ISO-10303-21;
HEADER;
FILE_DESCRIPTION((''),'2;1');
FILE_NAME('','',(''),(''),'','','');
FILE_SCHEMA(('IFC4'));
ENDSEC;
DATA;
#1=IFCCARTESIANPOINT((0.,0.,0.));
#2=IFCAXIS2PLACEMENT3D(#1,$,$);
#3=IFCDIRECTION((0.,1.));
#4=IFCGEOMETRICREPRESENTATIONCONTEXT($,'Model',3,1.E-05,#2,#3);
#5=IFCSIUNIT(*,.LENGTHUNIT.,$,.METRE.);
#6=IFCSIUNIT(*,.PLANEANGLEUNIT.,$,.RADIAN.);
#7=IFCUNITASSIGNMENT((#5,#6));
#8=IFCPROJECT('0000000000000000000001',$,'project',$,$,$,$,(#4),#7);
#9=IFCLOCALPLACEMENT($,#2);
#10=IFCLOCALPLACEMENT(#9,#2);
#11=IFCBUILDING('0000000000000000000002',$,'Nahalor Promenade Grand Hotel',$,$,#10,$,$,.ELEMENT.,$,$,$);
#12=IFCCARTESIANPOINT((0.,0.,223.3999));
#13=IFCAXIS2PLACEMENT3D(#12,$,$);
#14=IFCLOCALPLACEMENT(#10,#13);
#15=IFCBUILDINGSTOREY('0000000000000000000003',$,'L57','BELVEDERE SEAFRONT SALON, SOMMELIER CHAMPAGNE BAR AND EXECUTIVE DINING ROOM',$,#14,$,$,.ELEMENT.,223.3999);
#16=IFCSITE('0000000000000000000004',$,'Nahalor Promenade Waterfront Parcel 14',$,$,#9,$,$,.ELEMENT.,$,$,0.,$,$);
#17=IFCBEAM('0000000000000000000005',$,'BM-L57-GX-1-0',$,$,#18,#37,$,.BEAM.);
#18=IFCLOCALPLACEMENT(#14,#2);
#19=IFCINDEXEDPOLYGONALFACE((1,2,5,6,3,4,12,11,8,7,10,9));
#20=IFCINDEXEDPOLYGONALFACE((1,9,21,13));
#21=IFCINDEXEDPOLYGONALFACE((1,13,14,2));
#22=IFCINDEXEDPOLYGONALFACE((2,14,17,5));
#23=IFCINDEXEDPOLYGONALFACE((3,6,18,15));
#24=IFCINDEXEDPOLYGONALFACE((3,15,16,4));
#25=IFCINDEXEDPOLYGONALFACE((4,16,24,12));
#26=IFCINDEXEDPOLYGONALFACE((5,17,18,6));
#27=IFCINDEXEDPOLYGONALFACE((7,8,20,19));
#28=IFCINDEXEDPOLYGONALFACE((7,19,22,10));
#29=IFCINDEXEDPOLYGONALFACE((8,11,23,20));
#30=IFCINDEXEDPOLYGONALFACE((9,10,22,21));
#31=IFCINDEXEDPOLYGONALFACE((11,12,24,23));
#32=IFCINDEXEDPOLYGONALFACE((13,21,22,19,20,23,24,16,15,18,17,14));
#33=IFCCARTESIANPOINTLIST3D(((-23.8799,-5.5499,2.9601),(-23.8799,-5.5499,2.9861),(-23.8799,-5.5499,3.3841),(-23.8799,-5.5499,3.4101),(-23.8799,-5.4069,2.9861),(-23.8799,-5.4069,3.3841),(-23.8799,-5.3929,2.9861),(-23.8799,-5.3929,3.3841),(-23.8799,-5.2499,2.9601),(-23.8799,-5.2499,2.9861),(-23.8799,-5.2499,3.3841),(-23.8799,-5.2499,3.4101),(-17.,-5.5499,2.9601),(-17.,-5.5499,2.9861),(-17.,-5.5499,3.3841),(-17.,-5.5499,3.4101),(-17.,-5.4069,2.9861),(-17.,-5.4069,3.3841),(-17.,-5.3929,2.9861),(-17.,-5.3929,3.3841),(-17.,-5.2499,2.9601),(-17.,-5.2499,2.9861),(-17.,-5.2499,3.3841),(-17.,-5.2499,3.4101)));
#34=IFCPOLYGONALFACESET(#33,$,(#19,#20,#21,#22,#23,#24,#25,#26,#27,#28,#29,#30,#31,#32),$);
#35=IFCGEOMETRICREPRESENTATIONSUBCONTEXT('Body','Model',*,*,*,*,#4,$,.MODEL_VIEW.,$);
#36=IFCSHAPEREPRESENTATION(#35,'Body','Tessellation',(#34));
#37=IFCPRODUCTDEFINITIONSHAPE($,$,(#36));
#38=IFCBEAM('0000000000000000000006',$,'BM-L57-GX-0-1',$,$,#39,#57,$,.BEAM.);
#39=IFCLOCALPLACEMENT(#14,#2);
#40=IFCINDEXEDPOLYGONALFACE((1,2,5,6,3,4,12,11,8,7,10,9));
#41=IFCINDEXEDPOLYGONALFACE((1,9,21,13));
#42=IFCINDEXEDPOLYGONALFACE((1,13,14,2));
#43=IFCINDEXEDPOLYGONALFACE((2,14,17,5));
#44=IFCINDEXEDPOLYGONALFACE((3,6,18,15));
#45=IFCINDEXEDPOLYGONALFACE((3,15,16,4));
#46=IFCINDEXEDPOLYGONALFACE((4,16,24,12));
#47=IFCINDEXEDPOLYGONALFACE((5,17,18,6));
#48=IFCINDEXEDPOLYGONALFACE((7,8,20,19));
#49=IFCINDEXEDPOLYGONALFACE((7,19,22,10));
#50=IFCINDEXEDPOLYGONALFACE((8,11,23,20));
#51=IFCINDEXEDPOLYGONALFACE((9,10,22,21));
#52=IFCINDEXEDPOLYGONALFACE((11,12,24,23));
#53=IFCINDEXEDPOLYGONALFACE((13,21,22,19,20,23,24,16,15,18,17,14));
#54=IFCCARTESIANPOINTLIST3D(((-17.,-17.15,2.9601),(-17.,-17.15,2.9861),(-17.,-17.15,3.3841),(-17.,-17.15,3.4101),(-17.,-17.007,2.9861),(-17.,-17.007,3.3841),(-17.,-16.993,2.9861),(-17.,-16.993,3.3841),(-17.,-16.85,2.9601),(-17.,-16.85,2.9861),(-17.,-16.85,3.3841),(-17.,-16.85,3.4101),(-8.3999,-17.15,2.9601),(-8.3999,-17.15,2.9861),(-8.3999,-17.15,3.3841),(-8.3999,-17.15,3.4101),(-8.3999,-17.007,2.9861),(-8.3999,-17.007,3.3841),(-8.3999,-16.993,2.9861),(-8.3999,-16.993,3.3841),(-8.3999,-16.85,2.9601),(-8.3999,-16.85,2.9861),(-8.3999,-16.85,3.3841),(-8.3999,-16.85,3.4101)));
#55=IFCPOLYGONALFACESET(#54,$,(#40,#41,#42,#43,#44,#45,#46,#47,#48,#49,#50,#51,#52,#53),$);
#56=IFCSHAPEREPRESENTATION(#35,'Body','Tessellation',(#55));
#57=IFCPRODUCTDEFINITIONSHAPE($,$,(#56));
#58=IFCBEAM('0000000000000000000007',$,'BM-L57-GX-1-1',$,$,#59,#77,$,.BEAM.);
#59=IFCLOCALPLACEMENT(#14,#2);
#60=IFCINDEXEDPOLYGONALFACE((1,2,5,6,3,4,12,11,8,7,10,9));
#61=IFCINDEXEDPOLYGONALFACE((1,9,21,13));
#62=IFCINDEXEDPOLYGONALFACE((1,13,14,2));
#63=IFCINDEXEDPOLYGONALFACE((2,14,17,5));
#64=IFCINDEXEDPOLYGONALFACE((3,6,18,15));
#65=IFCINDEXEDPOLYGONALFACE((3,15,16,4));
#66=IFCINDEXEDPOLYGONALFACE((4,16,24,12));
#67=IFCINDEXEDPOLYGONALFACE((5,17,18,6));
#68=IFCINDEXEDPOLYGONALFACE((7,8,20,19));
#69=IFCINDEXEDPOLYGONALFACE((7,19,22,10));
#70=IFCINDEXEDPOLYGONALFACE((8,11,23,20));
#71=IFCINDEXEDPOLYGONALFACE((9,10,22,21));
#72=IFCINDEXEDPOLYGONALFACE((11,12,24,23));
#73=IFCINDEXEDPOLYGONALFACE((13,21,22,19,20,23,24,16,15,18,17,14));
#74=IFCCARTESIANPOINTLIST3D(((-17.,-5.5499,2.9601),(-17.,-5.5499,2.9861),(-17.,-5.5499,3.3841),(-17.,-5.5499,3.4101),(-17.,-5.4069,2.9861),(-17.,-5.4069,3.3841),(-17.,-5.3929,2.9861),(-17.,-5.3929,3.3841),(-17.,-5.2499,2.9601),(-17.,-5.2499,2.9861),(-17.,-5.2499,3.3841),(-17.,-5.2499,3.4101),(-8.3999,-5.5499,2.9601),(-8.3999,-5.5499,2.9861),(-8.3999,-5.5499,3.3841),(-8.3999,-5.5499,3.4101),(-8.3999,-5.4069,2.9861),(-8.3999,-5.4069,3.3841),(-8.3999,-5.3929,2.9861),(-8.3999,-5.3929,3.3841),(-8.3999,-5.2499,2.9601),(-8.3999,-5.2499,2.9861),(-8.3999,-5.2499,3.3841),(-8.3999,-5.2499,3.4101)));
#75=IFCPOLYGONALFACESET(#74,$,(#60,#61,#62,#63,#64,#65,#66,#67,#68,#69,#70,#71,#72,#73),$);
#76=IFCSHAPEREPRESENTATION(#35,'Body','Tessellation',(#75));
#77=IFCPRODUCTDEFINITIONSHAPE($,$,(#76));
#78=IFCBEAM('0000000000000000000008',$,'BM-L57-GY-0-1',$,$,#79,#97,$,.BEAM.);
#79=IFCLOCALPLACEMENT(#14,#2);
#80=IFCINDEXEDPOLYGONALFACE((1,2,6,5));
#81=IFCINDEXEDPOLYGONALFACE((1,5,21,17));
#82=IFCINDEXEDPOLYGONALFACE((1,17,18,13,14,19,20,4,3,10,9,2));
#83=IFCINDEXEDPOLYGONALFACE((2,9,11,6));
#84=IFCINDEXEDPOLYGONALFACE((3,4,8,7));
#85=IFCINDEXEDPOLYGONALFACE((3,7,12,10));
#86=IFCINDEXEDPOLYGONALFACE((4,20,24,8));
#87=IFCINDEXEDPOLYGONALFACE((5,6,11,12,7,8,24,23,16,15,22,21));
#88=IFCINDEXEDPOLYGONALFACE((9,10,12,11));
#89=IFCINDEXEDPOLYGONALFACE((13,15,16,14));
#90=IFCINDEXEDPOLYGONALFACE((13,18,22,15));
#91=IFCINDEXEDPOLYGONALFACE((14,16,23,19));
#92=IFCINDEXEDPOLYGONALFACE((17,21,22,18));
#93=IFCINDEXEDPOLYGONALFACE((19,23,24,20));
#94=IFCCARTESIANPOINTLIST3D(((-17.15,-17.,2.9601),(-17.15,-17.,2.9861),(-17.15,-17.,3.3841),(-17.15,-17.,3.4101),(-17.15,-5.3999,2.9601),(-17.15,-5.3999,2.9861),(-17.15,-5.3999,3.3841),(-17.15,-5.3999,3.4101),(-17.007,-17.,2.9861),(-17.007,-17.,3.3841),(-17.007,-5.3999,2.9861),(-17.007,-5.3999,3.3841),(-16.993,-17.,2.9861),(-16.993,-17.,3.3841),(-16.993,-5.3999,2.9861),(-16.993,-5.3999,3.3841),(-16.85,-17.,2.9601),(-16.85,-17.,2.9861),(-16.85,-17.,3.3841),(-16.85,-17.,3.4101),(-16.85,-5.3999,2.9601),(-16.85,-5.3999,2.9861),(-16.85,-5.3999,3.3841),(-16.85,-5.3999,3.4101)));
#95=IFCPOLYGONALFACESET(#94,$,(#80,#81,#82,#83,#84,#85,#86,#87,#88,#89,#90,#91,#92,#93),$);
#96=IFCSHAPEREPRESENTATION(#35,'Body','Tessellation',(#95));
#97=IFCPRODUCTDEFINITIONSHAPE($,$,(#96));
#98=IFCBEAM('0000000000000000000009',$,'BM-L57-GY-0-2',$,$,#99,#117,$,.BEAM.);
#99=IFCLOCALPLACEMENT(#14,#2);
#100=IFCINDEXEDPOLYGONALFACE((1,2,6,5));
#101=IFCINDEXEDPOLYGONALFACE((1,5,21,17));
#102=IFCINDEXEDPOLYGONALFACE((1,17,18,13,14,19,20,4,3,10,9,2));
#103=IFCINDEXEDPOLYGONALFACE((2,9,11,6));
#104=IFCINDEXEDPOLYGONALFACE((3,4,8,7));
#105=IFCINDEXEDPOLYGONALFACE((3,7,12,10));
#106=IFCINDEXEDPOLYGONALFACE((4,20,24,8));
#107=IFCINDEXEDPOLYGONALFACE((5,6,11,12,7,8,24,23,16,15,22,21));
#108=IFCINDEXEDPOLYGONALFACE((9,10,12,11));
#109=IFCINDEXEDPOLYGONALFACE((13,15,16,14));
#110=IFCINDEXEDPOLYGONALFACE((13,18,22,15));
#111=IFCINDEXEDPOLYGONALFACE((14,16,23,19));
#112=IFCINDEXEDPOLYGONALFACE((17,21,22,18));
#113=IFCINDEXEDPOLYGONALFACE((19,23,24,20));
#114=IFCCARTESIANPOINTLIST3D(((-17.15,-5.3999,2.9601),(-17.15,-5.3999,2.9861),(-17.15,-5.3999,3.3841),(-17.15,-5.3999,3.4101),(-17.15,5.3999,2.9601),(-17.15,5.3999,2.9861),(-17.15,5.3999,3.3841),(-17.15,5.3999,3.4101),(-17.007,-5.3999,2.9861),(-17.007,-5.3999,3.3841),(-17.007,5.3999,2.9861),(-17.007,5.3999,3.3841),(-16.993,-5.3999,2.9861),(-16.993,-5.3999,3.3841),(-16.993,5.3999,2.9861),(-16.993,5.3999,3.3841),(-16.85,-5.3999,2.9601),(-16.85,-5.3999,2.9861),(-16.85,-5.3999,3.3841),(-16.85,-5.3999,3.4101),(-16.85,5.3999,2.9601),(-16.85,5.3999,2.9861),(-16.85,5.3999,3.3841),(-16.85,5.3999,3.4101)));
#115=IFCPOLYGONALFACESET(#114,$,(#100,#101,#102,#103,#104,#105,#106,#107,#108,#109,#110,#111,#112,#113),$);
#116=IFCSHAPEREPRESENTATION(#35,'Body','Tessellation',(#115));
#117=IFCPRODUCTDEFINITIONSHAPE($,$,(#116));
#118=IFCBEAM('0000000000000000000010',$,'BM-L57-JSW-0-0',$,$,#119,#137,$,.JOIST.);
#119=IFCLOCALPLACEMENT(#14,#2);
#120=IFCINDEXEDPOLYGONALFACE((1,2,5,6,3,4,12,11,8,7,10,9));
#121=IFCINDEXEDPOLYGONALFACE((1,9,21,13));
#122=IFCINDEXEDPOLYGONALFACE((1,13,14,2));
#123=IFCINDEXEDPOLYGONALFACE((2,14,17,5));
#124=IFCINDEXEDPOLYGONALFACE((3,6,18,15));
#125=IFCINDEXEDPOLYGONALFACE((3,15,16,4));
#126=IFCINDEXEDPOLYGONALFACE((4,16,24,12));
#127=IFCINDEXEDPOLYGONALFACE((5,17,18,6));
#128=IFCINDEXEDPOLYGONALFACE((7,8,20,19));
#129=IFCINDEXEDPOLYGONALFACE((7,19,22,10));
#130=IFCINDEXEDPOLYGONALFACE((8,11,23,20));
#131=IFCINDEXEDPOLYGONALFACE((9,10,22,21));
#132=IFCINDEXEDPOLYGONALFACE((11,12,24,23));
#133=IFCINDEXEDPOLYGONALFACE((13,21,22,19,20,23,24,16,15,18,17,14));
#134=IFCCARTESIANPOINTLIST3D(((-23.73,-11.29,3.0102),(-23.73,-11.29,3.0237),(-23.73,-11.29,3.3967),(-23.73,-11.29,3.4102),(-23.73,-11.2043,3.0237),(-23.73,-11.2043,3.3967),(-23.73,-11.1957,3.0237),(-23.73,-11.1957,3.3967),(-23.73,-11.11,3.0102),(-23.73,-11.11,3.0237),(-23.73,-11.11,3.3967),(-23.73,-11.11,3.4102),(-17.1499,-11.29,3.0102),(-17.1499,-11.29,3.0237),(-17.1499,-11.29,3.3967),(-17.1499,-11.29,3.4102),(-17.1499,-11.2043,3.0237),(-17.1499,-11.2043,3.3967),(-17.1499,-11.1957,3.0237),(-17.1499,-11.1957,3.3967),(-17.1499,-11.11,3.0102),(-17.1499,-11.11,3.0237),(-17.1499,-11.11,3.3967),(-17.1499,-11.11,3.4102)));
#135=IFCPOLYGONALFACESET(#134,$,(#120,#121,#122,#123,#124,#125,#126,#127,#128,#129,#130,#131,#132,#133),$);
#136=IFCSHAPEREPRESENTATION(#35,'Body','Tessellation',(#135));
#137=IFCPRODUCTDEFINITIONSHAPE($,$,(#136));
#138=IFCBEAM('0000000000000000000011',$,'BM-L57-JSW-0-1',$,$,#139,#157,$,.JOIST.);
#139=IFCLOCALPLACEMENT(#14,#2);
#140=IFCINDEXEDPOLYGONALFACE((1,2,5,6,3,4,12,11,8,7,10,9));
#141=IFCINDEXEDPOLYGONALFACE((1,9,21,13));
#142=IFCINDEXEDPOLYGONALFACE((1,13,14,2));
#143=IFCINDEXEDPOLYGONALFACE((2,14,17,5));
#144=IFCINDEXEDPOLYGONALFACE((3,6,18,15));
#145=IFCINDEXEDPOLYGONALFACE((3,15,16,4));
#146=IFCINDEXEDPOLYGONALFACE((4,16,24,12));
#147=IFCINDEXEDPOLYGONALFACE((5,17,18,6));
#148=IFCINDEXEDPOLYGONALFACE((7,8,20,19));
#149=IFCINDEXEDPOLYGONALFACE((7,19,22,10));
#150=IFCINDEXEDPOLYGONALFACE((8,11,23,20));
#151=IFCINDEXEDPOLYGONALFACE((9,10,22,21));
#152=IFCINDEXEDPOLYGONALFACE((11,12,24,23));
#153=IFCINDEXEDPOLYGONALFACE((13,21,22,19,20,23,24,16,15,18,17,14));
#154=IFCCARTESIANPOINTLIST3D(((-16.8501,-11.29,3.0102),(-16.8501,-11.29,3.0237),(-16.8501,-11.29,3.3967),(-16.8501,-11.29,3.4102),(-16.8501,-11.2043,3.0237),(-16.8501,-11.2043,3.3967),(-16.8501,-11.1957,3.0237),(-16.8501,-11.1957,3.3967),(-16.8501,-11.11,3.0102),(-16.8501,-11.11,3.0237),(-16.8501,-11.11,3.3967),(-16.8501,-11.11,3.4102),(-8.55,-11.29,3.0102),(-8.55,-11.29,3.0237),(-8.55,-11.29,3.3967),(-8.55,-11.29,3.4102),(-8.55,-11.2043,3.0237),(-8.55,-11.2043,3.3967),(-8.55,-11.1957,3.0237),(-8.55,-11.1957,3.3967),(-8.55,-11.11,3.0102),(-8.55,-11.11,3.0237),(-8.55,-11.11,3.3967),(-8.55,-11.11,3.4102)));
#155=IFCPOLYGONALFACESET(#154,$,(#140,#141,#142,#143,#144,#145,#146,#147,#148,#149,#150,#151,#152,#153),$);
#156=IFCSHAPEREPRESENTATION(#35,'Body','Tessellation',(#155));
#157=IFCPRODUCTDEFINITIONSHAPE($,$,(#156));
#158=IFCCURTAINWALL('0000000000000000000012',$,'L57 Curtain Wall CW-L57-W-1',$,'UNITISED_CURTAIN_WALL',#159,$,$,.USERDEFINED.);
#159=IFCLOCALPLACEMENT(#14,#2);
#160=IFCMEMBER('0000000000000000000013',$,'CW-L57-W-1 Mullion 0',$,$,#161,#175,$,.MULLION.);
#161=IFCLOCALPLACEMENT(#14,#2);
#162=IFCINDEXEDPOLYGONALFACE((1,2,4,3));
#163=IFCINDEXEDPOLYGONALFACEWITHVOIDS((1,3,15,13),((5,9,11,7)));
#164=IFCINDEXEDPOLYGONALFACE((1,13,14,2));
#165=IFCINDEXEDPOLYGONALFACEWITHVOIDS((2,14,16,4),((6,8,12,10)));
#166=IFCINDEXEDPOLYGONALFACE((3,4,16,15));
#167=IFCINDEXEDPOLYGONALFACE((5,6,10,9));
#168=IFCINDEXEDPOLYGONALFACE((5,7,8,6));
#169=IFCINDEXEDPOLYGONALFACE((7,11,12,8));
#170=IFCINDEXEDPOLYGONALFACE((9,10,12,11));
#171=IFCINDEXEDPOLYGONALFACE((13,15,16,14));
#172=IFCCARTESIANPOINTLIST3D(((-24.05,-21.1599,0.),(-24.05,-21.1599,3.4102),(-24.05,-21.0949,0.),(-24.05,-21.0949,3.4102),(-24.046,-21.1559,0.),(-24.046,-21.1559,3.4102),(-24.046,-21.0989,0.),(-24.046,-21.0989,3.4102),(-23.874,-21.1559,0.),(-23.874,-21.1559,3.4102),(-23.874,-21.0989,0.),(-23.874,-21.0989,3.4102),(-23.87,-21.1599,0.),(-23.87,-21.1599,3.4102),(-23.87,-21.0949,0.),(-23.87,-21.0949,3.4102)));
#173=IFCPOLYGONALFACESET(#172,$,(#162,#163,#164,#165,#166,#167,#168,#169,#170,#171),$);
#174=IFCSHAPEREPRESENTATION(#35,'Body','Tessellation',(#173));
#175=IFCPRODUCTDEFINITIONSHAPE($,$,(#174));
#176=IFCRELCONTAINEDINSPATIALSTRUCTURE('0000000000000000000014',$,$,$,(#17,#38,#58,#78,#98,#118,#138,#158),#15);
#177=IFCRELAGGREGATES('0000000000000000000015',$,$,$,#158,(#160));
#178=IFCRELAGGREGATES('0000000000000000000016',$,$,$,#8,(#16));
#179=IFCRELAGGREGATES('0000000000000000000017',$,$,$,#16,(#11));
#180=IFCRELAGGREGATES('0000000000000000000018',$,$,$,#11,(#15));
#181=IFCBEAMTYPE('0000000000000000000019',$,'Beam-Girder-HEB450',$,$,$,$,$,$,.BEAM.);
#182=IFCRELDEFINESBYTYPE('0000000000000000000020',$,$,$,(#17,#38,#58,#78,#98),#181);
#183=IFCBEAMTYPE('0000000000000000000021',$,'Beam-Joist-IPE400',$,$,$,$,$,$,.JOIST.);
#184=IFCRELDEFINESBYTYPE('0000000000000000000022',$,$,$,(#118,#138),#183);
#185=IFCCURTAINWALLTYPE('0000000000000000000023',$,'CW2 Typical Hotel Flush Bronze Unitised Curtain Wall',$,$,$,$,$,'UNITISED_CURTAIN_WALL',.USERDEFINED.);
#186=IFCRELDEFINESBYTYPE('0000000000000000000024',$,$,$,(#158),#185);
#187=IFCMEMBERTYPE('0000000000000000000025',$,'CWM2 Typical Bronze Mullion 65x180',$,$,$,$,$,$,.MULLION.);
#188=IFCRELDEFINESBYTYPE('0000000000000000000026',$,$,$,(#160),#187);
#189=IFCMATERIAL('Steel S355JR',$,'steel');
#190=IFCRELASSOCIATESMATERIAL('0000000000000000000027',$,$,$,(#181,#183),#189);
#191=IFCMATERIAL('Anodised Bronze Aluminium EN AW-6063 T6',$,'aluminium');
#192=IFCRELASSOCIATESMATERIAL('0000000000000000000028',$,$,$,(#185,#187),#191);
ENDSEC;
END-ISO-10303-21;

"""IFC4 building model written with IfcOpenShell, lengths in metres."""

from ifc_helpers import new_model, si_unit, direction, frame, origin, origin_2d, place, context, subcontext, project, spatial, hollow_rectangle, i_section, extrude, source, transform, mapped, material, material_profile, profile_set, type_object, element, aggregate, save


model = new_model("IFC4")

# Units and contexts
model_context = context("Model", 3, precision=1e-05, world=origin(), true_north=direction((0.0, 1.0)))
body_context = subcontext(model_context, "Body", "Model", "MODEL_VIEW")
ifc_project = project(units=[si_unit("LENGTHUNIT", "METRE"), si_unit("PLANEANGLEUNIT", "RADIAN")], contexts=[model_context])

# Site, building, storey
site_placement = place(None, origin())
site = spatial("IfcSite", under=ifc_project, at=site_placement, Name="Nahalor Promenade Waterfront Parcel 14", CompositionType="ELEMENT", RefElevation=0.0)
building_placement = place(site_placement, origin())
building = spatial("IfcBuilding", under=site, at=building_placement, Name="Nahalor Promenade Grand Hotel", CompositionType="ELEMENT")
storey_placement = place(building_placement, frame((0.0, 0.0, 223.3999)))
storey = spatial("IfcBuildingStorey", under=building, at=storey_placement, Name="L57", Description="BELVEDERE SEAFRONT SALON, SOMMELIER CHAMPAGNE BAR AND EXECUTIVE DINING ROOM", CompositionType="ELEMENT", Elevation=223.3999)

# Shared definitions
ifc_material_1 = material(Name="Steel S355JR", Category="steel")

# Beams
ifc_material_profile_1 = material_profile(ifc_material_1, i_section(OverallWidth=0.3, OverallDepth=0.45, WebThickness=0.014, FlangeThickness=0.026, at=origin_2d()), Name="HEB 450")
ifc_profile_set_1 = profile_set([ifc_material_profile_1], Name="Steel S355JR")
beam_type_1 = type_object("IfcBeamType", Name="Beam-Girder-HEB450", PredefinedType="BEAM", material=ifc_profile_set_1)
shared_shape_1 = source(origin(), body_context, "Body", "SweptSolid", [
    extrude(i_section(OverallWidth=0.3, OverallDepth=0.45, WebThickness=0.014, FlangeThickness=0.026, at=origin_2d()), origin(), (0.0, 0.0, 1.0), 6.8799),
])
for number, where, z_axis, x_axis, name in (
    (1, (-23.8799, -5.3999, 3.1851), (1.0, 0.0, 0.0), (0.0, 1.0, 0.0), "BM-L57-GX-1-0"),
):
    element("IfcBeam", number, at=place(storey_placement, frame(where, z_axis=z_axis, x_axis=x_axis)), inside=storey, type_object=beam_type_1, Name=name, PredefinedType="BEAM", context=body_context, shape_type="MappedRepresentation", body=[
        mapped(shared_shape_1, transform((0.0, 0.0, 0.0), scale=1.0)),
    ])
shared_shape_2 = source(origin(), body_context, "Body", "SweptSolid", [
    extrude(i_section(OverallWidth=0.3, OverallDepth=0.45, WebThickness=0.014, FlangeThickness=0.026, at=origin_2d()), origin(), (0.0, 0.0, 1.0), 8.6001),
])
for number, where, z_axis, x_axis, name in (
    (2, (-17.0, -17.0, 3.1851), (1.0, 0.0, 0.0), (0.0, 1.0, 0.0), "BM-L57-GX-0-1"),
    (3, (-17.0, -5.3999, 3.1851), (1.0, 0.0, 0.0), (0.0, 1.0, 0.0), "BM-L57-GX-1-1"),
):
    element("IfcBeam", number, at=place(storey_placement, frame(where, z_axis=z_axis, x_axis=x_axis)), inside=storey, type_object=beam_type_1, Name=name, PredefinedType="BEAM", context=body_context, shape_type="MappedRepresentation", body=[
        mapped(shared_shape_2, transform((0.0, 0.0, 0.0), scale=1.0)),
    ])
shared_shape_3 = source(origin(), body_context, "Body", "SweptSolid", [
    extrude(i_section(OverallWidth=0.3, OverallDepth=0.45, WebThickness=0.014, FlangeThickness=0.026, at=origin_2d()), origin(), (0.0, 0.0, 1.0), 11.6001),
])
beam_1_placement = place(storey_placement, frame((-17.0, -17.0, 3.1851), z_axis=(0.0, 1.0, 0.0), x_axis=(-1.0, 0.0, 0.0)))
element("IfcBeam", 4, at=beam_1_placement, inside=storey, type_object=beam_type_1, Name="BM-L57-GY-0-1", PredefinedType="BEAM", context=body_context, shape_type="MappedRepresentation", body=[
    mapped(shared_shape_3, transform((0.0, 0.0, 0.0), scale=1.0)),
])
shared_shape_4 = source(origin(), body_context, "Body", "SweptSolid", [
    extrude(i_section(OverallWidth=0.3, OverallDepth=0.45, WebThickness=0.014, FlangeThickness=0.026, at=origin_2d()), origin(), (0.0, 0.0, 1.0), 10.7998),
])
beam_2_placement = place(storey_placement, frame((-17.0, -5.3999, 3.1851), z_axis=(0.0, 1.0, 0.0), x_axis=(-1.0, 0.0, 0.0)))
element("IfcBeam", 5, at=beam_2_placement, inside=storey, type_object=beam_type_1, Name="BM-L57-GY-0-2", PredefinedType="BEAM", context=body_context, shape_type="MappedRepresentation", body=[
    mapped(shared_shape_4, transform((0.0, 0.0, 0.0), scale=1.0)),
])
ifc_material_profile_2 = material_profile(ifc_material_1, i_section(OverallWidth=0.18, OverallDepth=0.4, WebThickness=0.0086, FlangeThickness=0.0135, at=origin_2d()), Name="IPE 400")
ifc_profile_set_2 = profile_set([ifc_material_profile_2], Name="Steel S355JR")
beam_type_2 = type_object("IfcBeamType", Name="Beam-Joist-IPE400", PredefinedType="JOIST", material=ifc_profile_set_2)
shared_shape_5 = source(origin(), body_context, "Body", "SweptSolid", [
    extrude(i_section(OverallWidth=0.18, OverallDepth=0.4, WebThickness=0.0086, FlangeThickness=0.0135, at=origin_2d()), origin(), (0.0, 0.0, 1.0), 6.5801),
])
beam_3_placement = place(storey_placement, frame((-23.73, -11.2, 3.2102), z_axis=(1.0, 0.0, 0.0), x_axis=(0.0, 1.0, 0.0)))
element("IfcBeam", 6, at=beam_3_placement, inside=storey, type_object=beam_type_2, Name="BM-L57-JSW-0-0", PredefinedType="JOIST", context=body_context, shape_type="MappedRepresentation", body=[
    mapped(shared_shape_5, transform((0.0, 0.0, 0.0), scale=1.0)),
])
shared_shape_6 = source(origin(), body_context, "Body", "SweptSolid", [
    extrude(i_section(OverallWidth=0.18, OverallDepth=0.4, WebThickness=0.0086, FlangeThickness=0.0135, at=origin_2d()), origin(), (0.0, 0.0, 1.0), 8.3),
])
beam_4_placement = place(storey_placement, frame((-16.8501, -11.2, 3.2102), z_axis=(1.0, 0.0, 0.0), x_axis=(0.0, 1.0, 0.0)))
element("IfcBeam", 7, at=beam_4_placement, inside=storey, type_object=beam_type_2, Name="BM-L57-JSW-0-1", PredefinedType="JOIST", context=body_context, shape_type="MappedRepresentation", body=[
    mapped(shared_shape_6, transform((0.0, 0.0, 0.0), scale=1.0)),
])

# Curtain wall, member
ifc_material_2 = material(Name="Anodised Bronze Aluminium EN AW-6063 T6", Category="aluminium")
curtain_wall_type = type_object("IfcCurtainWallType", Name="CW2 Typical Hotel Flush Bronze Unitised Curtain Wall", ElementType="UNITISED_CURTAIN_WALL", PredefinedType="USERDEFINED", material=ifc_material_2)
curtain_wall_placement = place(storey_placement, origin())
curtain_wall = element("IfcCurtainWall", 8, at=curtain_wall_placement, inside=storey, type_object=curtain_wall_type, Name="L57 Curtain Wall CW-L57-W-1", ObjectType="UNITISED_CURTAIN_WALL", PredefinedType="USERDEFINED")
ifc_material_profile_3 = material_profile(ifc_material_2, hollow_rectangle(XDim=0.065, YDim=0.18, WallThickness=0.004, at=origin_2d()), Name="CWM 65x180x4")
ifc_profile_set_3 = profile_set([ifc_material_profile_3], Name="Anodised Bronze Aluminium EN AW-6063 T6")
member_type_1 = type_object("IfcMemberType", Name="CWM2 Typical Bronze Mullion 65x180", PredefinedType="MULLION", material=ifc_profile_set_3)
shared_shape_7 = source(origin(), body_context, "Body", "SweptSolid", [
    extrude(hollow_rectangle(XDim=0.065, YDim=0.18, WallThickness=0.004, at=origin_2d()), origin(), (0.0, 0.0, 1.0), 3.4102),
])
member_1_placement = place(storey_placement, frame((-23.96, -21.1274, 0.0), z_axis=(0.0, 0.0, 1.0), x_axis=(0.0, 1.0, 0.0)))
member_1 = element("IfcMember", 9, at=member_1_placement, type_object=member_type_1, Name="CW-L57-W-1 Mullion 0", PredefinedType="MULLION", context=body_context, shape_type="MappedRepresentation", body=[
    mapped(shared_shape_7, transform((0.0, 0.0, 0.0), scale=1.0)),
])
aggregate(curtain_wall, [member_1])

save(model, "model.ifc")
